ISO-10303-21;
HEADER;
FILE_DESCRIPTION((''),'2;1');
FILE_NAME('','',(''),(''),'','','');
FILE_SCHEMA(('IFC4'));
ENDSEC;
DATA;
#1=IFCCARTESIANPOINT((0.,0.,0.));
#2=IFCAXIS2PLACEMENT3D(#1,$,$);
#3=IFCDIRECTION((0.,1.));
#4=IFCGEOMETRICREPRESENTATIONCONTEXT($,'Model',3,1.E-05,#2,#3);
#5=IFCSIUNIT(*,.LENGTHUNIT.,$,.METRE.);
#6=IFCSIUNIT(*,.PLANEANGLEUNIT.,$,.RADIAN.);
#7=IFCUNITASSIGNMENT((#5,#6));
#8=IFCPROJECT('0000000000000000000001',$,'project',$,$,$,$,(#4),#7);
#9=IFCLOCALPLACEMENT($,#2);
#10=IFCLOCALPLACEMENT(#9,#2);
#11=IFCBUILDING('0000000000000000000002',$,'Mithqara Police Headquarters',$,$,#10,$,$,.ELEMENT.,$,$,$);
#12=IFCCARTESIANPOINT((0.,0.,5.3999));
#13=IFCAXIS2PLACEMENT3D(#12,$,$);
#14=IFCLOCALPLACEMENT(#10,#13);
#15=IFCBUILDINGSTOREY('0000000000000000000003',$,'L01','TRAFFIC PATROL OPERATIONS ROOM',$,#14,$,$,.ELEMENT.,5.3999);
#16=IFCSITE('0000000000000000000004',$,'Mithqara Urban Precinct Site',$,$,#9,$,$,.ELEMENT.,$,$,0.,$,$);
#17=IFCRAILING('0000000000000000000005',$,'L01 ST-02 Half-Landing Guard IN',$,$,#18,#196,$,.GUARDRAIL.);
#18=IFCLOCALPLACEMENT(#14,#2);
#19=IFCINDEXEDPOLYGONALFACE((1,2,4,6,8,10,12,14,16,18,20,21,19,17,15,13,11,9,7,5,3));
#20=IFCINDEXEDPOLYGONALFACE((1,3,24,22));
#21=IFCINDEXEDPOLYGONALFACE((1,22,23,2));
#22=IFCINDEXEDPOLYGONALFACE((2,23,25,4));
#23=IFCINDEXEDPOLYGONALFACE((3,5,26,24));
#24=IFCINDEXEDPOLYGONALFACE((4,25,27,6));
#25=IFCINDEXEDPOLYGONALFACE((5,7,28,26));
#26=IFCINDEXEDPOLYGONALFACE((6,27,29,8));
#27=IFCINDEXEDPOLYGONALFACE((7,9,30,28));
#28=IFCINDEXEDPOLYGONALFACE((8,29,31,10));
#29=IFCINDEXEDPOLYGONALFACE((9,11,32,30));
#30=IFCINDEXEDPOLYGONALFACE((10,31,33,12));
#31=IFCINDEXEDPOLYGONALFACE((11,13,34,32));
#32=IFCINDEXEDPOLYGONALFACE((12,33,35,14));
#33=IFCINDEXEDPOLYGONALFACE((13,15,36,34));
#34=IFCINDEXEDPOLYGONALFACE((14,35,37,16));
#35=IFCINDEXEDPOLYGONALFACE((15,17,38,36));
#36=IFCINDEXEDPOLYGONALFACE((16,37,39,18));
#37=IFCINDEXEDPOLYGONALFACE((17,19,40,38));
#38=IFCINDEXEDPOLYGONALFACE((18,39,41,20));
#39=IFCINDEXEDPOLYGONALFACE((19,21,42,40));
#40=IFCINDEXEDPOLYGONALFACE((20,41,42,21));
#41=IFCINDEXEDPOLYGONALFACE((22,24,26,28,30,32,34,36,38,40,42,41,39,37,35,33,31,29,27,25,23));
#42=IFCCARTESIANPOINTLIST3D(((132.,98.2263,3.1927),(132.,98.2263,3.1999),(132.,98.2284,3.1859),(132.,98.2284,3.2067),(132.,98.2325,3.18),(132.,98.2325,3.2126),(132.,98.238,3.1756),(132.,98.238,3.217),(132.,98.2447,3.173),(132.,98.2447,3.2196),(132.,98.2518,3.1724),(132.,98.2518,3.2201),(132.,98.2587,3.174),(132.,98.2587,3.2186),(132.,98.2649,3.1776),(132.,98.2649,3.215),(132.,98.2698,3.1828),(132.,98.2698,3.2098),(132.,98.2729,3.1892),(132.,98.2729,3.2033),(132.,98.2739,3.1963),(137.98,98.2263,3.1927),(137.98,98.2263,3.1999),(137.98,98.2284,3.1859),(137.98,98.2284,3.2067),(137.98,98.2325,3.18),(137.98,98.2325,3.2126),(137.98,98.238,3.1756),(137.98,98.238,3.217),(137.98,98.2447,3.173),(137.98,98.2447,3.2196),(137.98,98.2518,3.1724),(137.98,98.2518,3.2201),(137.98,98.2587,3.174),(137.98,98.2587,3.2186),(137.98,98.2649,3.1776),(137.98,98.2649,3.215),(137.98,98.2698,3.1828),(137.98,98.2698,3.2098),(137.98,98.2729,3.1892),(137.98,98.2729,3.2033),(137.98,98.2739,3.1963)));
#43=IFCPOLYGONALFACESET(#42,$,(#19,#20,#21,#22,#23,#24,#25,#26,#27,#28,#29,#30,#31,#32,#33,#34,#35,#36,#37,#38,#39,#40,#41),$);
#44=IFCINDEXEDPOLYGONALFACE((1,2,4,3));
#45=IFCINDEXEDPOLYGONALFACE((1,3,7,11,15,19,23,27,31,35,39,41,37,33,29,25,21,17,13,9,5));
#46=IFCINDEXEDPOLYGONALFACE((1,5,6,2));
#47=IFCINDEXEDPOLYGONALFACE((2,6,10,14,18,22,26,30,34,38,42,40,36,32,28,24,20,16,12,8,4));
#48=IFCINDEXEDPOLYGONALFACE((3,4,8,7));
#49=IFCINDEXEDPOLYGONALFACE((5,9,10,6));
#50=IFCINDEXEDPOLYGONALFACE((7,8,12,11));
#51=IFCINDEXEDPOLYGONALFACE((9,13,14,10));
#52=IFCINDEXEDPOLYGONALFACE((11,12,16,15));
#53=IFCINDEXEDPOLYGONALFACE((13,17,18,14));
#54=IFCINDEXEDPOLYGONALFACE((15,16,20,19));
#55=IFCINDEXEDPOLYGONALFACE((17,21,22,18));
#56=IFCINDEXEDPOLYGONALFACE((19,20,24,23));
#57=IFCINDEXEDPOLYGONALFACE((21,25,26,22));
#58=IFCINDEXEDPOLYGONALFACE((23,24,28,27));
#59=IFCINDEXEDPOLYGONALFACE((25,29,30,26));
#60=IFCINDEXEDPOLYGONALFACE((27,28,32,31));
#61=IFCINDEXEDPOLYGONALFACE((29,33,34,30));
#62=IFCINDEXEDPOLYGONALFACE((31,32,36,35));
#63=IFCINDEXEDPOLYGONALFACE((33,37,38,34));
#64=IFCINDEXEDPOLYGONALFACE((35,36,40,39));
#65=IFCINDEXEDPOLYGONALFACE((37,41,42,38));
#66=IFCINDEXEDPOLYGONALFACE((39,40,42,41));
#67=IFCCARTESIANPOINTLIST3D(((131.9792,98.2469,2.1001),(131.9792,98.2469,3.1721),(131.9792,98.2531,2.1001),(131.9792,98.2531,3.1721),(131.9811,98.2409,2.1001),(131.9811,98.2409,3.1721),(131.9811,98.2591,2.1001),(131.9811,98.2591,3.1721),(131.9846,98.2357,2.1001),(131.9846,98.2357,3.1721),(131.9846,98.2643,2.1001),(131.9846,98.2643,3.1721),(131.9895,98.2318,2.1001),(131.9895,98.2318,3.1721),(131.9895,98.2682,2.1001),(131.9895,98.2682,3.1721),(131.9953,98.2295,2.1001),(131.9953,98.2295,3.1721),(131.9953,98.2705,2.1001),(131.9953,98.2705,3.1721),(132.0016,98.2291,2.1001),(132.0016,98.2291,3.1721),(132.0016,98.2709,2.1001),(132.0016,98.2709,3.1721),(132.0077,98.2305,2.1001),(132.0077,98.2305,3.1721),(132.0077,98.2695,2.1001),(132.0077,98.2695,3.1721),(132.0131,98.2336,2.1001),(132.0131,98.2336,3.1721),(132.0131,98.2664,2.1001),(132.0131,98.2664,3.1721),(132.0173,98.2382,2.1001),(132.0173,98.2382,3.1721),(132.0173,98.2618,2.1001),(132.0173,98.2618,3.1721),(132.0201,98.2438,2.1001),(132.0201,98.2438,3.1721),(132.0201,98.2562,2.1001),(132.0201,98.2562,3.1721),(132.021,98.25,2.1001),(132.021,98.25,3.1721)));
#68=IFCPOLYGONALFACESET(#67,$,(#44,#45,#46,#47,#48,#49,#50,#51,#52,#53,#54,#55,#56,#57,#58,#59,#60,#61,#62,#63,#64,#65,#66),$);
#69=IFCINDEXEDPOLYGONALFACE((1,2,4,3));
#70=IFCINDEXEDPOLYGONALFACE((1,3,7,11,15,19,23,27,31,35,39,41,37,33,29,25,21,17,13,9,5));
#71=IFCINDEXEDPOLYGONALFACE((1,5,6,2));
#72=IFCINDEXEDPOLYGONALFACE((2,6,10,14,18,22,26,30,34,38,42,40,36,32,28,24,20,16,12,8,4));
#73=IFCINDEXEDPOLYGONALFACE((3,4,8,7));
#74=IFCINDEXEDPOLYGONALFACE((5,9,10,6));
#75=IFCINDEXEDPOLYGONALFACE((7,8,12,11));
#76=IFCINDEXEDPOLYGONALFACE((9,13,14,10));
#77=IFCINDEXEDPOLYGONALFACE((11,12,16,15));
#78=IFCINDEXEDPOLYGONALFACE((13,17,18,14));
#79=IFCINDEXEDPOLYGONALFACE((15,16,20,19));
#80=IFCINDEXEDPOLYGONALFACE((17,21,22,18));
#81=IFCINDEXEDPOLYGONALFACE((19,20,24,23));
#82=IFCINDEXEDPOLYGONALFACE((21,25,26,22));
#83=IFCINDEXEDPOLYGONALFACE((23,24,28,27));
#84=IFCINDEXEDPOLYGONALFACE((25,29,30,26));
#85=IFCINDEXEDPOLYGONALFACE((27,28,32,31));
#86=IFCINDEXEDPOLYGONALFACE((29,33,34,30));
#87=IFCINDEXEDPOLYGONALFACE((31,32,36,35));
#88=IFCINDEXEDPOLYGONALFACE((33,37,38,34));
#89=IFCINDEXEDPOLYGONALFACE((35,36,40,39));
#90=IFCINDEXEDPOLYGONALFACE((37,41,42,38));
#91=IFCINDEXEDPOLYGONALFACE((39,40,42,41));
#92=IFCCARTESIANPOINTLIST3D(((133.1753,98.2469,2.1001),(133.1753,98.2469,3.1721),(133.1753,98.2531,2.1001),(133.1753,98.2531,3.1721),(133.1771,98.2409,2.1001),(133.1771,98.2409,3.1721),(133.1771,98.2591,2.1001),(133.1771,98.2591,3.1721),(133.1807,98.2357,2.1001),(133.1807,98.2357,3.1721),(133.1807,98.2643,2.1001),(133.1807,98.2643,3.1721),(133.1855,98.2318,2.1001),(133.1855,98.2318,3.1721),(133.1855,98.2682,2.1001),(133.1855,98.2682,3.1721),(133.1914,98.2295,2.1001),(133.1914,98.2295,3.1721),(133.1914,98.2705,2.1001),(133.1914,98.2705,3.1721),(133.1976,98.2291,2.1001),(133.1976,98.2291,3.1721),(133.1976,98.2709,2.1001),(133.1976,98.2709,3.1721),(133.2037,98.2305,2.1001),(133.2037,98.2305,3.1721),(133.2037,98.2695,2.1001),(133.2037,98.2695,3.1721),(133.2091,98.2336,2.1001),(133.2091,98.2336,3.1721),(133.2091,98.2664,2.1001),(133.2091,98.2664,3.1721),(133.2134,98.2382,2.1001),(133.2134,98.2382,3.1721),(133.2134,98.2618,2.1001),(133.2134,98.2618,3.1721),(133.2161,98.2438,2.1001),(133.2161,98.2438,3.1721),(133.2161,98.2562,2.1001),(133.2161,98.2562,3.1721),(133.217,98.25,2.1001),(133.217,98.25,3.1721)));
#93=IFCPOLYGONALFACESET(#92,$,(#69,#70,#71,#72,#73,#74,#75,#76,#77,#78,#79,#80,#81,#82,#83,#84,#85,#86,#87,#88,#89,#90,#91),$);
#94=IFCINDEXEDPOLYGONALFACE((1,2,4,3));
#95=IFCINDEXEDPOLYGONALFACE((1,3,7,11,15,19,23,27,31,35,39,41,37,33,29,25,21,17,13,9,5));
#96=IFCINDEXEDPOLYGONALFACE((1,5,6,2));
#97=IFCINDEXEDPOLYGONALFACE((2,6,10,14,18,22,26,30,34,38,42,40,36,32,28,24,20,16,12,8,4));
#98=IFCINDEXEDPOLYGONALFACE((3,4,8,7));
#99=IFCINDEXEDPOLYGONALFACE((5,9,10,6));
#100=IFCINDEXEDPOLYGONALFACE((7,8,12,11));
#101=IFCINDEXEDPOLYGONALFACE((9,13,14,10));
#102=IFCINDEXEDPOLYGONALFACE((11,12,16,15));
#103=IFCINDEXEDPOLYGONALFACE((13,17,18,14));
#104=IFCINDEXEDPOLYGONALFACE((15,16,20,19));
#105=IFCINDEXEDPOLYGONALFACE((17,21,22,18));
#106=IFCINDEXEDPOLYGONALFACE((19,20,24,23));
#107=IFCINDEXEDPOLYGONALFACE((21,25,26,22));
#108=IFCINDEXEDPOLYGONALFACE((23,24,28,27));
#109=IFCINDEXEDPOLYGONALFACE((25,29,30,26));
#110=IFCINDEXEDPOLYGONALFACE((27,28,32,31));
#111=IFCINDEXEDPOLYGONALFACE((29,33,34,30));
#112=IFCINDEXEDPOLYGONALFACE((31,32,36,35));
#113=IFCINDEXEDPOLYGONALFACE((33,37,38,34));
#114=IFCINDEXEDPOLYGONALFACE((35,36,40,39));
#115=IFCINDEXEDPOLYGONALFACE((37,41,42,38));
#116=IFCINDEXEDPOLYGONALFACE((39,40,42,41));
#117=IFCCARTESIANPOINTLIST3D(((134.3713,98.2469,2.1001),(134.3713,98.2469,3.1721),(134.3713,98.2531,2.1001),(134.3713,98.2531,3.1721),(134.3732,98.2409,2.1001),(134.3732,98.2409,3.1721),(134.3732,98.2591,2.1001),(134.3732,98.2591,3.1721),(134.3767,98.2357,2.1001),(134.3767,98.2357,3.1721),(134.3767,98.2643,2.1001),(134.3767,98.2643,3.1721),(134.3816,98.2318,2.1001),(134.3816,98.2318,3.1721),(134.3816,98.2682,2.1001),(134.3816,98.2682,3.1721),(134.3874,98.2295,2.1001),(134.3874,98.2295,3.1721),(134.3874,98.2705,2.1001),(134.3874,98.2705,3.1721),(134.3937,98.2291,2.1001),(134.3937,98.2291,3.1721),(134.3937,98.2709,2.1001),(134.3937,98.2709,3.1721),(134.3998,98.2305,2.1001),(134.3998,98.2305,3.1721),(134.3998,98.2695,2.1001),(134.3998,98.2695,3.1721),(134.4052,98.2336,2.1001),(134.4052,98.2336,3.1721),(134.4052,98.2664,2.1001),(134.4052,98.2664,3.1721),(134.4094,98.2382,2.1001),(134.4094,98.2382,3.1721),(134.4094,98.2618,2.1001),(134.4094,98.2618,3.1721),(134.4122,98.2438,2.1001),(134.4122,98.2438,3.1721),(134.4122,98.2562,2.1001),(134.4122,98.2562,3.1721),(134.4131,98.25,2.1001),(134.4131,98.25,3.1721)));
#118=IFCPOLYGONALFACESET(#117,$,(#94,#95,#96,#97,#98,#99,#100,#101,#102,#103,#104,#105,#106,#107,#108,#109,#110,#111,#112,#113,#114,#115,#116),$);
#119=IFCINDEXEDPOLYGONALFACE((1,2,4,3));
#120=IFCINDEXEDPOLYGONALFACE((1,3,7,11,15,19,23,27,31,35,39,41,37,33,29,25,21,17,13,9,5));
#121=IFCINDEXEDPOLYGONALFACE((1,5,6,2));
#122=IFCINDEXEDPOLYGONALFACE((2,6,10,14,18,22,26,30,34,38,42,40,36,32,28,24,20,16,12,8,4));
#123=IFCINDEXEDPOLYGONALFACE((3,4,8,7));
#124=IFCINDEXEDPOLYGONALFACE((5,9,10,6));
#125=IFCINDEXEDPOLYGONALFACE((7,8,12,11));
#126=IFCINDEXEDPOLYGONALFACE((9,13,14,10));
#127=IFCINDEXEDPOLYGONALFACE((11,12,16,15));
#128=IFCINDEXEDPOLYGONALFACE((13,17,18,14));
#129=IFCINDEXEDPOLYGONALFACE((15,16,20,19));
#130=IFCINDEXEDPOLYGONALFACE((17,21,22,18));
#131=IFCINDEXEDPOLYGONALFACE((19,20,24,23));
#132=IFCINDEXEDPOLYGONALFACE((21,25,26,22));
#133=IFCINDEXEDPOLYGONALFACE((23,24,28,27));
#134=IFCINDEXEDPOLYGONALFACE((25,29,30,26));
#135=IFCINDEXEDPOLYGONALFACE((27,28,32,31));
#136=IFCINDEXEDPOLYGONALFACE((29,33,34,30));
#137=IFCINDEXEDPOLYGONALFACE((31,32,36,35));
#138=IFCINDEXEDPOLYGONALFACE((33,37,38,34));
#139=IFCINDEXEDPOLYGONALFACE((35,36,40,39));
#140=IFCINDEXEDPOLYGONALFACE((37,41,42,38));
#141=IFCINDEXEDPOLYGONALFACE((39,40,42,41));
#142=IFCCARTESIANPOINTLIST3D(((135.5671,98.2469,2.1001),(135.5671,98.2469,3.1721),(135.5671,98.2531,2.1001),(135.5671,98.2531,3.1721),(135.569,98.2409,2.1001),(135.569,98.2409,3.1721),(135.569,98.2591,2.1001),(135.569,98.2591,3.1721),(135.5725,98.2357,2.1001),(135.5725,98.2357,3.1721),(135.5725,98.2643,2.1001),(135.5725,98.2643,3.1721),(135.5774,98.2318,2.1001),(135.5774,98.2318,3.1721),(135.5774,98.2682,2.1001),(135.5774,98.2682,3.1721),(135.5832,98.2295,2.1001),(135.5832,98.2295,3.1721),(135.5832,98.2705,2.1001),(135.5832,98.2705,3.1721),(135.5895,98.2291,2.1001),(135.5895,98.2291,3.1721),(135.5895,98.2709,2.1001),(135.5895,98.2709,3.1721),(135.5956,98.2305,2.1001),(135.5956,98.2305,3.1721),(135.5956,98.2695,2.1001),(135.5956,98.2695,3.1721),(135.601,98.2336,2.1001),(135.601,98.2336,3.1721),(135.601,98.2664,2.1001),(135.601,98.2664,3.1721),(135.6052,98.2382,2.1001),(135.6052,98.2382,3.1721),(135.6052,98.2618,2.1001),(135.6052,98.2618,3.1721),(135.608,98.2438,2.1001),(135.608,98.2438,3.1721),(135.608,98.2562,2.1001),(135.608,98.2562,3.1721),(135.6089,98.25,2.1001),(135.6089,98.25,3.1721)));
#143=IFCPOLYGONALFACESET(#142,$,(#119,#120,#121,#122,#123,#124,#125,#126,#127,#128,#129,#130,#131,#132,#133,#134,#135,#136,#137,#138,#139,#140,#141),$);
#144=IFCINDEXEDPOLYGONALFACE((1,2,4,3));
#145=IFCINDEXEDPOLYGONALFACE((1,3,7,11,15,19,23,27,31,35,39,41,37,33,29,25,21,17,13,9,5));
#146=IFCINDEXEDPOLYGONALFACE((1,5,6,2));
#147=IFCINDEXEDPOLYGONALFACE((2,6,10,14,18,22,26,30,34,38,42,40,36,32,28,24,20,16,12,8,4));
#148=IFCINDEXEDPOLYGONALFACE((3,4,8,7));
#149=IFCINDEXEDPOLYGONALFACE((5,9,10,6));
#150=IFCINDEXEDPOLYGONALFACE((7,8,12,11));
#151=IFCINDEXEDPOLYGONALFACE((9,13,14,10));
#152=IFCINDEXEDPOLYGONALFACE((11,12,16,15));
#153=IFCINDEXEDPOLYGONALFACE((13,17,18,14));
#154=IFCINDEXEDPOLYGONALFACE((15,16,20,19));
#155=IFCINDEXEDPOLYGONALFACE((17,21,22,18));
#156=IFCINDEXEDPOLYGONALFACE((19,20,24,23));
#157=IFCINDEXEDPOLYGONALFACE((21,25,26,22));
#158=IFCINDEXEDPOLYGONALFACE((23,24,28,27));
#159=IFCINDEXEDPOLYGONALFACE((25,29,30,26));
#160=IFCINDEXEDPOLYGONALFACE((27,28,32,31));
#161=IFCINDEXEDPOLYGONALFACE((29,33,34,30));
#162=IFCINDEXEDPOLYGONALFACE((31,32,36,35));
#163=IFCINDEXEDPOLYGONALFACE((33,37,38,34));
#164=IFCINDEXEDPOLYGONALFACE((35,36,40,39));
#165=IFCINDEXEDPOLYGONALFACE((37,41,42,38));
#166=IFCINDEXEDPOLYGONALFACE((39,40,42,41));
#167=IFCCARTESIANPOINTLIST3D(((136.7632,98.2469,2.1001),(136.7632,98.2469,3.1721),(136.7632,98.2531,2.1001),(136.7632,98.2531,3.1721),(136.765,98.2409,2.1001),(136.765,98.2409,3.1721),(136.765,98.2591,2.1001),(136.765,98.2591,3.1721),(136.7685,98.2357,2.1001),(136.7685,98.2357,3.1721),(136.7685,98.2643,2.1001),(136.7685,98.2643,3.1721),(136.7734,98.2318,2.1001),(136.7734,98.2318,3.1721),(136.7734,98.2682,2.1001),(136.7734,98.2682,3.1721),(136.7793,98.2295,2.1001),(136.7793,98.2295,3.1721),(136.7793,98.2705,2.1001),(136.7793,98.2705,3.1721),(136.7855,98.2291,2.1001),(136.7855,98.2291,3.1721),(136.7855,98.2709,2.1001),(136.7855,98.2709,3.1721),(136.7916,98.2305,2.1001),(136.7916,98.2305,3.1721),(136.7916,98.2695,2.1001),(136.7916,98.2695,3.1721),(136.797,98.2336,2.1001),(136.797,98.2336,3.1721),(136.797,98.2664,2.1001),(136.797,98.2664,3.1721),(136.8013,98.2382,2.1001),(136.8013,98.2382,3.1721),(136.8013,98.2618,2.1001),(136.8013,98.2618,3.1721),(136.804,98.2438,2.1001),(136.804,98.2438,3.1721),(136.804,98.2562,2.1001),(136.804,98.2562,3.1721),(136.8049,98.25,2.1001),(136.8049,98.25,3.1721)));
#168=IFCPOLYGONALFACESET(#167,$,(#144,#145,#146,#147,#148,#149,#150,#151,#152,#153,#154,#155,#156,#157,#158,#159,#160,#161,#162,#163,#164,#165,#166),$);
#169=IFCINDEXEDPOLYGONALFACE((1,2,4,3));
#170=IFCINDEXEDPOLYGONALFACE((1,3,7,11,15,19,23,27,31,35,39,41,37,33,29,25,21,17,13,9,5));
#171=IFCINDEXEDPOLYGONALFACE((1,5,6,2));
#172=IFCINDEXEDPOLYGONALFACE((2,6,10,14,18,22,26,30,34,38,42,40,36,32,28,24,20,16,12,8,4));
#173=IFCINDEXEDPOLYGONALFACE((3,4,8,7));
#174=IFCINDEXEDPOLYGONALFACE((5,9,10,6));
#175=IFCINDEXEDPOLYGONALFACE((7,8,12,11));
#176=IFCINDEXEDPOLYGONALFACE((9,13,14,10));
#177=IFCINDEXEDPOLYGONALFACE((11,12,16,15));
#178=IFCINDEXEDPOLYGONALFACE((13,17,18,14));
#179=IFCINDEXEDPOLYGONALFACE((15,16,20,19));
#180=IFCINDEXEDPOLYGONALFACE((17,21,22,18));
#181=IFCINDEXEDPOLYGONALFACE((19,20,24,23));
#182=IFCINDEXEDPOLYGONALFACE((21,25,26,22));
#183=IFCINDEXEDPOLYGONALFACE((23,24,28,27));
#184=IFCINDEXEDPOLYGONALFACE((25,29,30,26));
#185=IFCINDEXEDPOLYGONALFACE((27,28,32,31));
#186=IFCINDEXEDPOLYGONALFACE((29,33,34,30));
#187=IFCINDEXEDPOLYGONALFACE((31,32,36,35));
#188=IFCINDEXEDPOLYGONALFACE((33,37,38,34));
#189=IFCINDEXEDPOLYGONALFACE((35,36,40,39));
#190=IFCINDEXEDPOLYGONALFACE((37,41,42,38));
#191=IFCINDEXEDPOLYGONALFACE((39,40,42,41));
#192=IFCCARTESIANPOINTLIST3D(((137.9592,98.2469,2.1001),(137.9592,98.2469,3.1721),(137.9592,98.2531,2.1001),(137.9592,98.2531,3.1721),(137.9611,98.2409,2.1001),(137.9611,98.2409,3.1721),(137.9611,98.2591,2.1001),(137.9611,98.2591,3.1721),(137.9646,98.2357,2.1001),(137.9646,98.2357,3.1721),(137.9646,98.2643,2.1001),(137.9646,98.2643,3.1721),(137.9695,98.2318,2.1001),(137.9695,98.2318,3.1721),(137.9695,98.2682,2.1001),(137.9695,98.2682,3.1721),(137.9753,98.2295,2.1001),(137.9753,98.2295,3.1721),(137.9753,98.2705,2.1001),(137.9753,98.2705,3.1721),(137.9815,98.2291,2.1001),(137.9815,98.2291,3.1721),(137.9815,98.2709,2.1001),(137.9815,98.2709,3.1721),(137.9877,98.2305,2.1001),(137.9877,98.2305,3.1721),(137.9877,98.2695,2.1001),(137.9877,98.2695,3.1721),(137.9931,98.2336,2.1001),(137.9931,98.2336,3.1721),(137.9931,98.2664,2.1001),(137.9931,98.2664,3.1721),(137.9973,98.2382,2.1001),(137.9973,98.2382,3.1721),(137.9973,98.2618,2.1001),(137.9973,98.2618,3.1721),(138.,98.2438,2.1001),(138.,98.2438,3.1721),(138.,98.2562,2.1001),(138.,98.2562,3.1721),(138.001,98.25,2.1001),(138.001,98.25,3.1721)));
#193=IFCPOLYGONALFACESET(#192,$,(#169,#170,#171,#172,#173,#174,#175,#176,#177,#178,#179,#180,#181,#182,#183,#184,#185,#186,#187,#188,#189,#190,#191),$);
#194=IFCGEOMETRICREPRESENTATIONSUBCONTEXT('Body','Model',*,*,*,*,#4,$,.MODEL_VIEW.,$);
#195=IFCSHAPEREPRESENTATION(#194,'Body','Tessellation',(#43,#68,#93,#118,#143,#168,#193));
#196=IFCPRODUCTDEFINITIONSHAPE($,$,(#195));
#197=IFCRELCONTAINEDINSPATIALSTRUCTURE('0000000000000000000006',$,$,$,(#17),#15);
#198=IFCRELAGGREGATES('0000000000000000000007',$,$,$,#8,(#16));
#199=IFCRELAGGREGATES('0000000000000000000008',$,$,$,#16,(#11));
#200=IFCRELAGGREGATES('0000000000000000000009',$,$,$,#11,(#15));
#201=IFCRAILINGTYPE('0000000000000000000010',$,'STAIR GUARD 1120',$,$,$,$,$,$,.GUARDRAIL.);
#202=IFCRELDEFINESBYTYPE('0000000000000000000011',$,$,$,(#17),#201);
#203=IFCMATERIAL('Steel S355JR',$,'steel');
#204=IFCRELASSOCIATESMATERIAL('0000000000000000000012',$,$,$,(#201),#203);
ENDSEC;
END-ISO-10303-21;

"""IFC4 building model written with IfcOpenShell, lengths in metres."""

from ifc_helpers import new_model, si_unit, direction, frame, origin, origin_2d, place, context, subcontext, project, spatial, circle, extrude, material, type_object, element, save


model = new_model("IFC4")

# Units and contexts
model_context = context("Model", 3, precision=1e-05, world=origin(), true_north=direction((0.0, 1.0)))
body_context = subcontext(model_context, "Body", "Model", "MODEL_VIEW")
ifc_project = project(units=[si_unit("LENGTHUNIT", "METRE"), si_unit("PLANEANGLEUNIT", "RADIAN")], contexts=[model_context])

# Site, building, storey
site_placement = place(None, origin())
site = spatial("IfcSite", under=ifc_project, at=site_placement, Name="Mithqara Urban Precinct Site", CompositionType="ELEMENT", RefElevation=0.0)
building_placement = place(site_placement, origin())
building = spatial("IfcBuilding", under=site, at=building_placement, Name="Mithqara Police Headquarters", CompositionType="ELEMENT")
storey_placement = place(building_placement, frame((0.0, 0.0, 5.3999)))
storey = spatial("IfcBuildingStorey", under=building, at=storey_placement, Name="L01", Description="TRAFFIC PATROL OPERATIONS ROOM", CompositionType="ELEMENT", Elevation=5.3999)

# Shared definitions
ifc_material_1 = material(Name="Steel S355JR", Category="steel")

# Railing
railing_type_1 = type_object("IfcRailingType", Name="STAIR GUARD 1120", PredefinedType="GUARDRAIL", material=ifc_material_1)
for number, where, name in (
    (1, (132.0, 98.25, 2.1001), "L01 ST-02 Half-Landing Guard IN"),
):
    element("IfcRailing", number, at=place(storey_placement, frame(where)), inside=storey, type_object=railing_type_1, Name=name, PredefinedType="GUARDRAIL", context=body_context, shape_type="SweptSolid", body=[
        extrude(circle(Radius=0.0239, at=origin_2d()), frame((0.0, 0.0, 1.0962), z_axis=(1.0, 0.0, 0.0), x_axis=(0.0, 1.0, 0.0)), (0.0, 0.0, 1.0), 5.98),
        extrude(circle(Radius=0.021, at=origin_2d()), origin(), (0.0, 0.0, 1.0), 1.072),
        extrude(circle(Radius=0.021, at=origin_2d()), frame((1.196, 0.0, 0.0)), (0.0, 0.0, 1.0), 1.072),
        extrude(circle(Radius=0.021, at=origin_2d()), frame((2.3921, 0.0, 0.0)), (0.0, 0.0, 1.0), 1.072),
        extrude(circle(Radius=0.021, at=origin_2d()), frame((3.5879, 0.0, 0.0)), (0.0, 0.0, 1.0), 1.072),
        extrude(circle(Radius=0.021, at=origin_2d()), frame((4.7839, 0.0, 0.0)), (0.0, 0.0, 1.0), 1.072),
        extrude(circle(Radius=0.021, at=origin_2d()), frame((5.98, 0.0, 0.0)), (0.0, 0.0, 1.0), 1.072),
    ])

save(model, "model.ifc")
